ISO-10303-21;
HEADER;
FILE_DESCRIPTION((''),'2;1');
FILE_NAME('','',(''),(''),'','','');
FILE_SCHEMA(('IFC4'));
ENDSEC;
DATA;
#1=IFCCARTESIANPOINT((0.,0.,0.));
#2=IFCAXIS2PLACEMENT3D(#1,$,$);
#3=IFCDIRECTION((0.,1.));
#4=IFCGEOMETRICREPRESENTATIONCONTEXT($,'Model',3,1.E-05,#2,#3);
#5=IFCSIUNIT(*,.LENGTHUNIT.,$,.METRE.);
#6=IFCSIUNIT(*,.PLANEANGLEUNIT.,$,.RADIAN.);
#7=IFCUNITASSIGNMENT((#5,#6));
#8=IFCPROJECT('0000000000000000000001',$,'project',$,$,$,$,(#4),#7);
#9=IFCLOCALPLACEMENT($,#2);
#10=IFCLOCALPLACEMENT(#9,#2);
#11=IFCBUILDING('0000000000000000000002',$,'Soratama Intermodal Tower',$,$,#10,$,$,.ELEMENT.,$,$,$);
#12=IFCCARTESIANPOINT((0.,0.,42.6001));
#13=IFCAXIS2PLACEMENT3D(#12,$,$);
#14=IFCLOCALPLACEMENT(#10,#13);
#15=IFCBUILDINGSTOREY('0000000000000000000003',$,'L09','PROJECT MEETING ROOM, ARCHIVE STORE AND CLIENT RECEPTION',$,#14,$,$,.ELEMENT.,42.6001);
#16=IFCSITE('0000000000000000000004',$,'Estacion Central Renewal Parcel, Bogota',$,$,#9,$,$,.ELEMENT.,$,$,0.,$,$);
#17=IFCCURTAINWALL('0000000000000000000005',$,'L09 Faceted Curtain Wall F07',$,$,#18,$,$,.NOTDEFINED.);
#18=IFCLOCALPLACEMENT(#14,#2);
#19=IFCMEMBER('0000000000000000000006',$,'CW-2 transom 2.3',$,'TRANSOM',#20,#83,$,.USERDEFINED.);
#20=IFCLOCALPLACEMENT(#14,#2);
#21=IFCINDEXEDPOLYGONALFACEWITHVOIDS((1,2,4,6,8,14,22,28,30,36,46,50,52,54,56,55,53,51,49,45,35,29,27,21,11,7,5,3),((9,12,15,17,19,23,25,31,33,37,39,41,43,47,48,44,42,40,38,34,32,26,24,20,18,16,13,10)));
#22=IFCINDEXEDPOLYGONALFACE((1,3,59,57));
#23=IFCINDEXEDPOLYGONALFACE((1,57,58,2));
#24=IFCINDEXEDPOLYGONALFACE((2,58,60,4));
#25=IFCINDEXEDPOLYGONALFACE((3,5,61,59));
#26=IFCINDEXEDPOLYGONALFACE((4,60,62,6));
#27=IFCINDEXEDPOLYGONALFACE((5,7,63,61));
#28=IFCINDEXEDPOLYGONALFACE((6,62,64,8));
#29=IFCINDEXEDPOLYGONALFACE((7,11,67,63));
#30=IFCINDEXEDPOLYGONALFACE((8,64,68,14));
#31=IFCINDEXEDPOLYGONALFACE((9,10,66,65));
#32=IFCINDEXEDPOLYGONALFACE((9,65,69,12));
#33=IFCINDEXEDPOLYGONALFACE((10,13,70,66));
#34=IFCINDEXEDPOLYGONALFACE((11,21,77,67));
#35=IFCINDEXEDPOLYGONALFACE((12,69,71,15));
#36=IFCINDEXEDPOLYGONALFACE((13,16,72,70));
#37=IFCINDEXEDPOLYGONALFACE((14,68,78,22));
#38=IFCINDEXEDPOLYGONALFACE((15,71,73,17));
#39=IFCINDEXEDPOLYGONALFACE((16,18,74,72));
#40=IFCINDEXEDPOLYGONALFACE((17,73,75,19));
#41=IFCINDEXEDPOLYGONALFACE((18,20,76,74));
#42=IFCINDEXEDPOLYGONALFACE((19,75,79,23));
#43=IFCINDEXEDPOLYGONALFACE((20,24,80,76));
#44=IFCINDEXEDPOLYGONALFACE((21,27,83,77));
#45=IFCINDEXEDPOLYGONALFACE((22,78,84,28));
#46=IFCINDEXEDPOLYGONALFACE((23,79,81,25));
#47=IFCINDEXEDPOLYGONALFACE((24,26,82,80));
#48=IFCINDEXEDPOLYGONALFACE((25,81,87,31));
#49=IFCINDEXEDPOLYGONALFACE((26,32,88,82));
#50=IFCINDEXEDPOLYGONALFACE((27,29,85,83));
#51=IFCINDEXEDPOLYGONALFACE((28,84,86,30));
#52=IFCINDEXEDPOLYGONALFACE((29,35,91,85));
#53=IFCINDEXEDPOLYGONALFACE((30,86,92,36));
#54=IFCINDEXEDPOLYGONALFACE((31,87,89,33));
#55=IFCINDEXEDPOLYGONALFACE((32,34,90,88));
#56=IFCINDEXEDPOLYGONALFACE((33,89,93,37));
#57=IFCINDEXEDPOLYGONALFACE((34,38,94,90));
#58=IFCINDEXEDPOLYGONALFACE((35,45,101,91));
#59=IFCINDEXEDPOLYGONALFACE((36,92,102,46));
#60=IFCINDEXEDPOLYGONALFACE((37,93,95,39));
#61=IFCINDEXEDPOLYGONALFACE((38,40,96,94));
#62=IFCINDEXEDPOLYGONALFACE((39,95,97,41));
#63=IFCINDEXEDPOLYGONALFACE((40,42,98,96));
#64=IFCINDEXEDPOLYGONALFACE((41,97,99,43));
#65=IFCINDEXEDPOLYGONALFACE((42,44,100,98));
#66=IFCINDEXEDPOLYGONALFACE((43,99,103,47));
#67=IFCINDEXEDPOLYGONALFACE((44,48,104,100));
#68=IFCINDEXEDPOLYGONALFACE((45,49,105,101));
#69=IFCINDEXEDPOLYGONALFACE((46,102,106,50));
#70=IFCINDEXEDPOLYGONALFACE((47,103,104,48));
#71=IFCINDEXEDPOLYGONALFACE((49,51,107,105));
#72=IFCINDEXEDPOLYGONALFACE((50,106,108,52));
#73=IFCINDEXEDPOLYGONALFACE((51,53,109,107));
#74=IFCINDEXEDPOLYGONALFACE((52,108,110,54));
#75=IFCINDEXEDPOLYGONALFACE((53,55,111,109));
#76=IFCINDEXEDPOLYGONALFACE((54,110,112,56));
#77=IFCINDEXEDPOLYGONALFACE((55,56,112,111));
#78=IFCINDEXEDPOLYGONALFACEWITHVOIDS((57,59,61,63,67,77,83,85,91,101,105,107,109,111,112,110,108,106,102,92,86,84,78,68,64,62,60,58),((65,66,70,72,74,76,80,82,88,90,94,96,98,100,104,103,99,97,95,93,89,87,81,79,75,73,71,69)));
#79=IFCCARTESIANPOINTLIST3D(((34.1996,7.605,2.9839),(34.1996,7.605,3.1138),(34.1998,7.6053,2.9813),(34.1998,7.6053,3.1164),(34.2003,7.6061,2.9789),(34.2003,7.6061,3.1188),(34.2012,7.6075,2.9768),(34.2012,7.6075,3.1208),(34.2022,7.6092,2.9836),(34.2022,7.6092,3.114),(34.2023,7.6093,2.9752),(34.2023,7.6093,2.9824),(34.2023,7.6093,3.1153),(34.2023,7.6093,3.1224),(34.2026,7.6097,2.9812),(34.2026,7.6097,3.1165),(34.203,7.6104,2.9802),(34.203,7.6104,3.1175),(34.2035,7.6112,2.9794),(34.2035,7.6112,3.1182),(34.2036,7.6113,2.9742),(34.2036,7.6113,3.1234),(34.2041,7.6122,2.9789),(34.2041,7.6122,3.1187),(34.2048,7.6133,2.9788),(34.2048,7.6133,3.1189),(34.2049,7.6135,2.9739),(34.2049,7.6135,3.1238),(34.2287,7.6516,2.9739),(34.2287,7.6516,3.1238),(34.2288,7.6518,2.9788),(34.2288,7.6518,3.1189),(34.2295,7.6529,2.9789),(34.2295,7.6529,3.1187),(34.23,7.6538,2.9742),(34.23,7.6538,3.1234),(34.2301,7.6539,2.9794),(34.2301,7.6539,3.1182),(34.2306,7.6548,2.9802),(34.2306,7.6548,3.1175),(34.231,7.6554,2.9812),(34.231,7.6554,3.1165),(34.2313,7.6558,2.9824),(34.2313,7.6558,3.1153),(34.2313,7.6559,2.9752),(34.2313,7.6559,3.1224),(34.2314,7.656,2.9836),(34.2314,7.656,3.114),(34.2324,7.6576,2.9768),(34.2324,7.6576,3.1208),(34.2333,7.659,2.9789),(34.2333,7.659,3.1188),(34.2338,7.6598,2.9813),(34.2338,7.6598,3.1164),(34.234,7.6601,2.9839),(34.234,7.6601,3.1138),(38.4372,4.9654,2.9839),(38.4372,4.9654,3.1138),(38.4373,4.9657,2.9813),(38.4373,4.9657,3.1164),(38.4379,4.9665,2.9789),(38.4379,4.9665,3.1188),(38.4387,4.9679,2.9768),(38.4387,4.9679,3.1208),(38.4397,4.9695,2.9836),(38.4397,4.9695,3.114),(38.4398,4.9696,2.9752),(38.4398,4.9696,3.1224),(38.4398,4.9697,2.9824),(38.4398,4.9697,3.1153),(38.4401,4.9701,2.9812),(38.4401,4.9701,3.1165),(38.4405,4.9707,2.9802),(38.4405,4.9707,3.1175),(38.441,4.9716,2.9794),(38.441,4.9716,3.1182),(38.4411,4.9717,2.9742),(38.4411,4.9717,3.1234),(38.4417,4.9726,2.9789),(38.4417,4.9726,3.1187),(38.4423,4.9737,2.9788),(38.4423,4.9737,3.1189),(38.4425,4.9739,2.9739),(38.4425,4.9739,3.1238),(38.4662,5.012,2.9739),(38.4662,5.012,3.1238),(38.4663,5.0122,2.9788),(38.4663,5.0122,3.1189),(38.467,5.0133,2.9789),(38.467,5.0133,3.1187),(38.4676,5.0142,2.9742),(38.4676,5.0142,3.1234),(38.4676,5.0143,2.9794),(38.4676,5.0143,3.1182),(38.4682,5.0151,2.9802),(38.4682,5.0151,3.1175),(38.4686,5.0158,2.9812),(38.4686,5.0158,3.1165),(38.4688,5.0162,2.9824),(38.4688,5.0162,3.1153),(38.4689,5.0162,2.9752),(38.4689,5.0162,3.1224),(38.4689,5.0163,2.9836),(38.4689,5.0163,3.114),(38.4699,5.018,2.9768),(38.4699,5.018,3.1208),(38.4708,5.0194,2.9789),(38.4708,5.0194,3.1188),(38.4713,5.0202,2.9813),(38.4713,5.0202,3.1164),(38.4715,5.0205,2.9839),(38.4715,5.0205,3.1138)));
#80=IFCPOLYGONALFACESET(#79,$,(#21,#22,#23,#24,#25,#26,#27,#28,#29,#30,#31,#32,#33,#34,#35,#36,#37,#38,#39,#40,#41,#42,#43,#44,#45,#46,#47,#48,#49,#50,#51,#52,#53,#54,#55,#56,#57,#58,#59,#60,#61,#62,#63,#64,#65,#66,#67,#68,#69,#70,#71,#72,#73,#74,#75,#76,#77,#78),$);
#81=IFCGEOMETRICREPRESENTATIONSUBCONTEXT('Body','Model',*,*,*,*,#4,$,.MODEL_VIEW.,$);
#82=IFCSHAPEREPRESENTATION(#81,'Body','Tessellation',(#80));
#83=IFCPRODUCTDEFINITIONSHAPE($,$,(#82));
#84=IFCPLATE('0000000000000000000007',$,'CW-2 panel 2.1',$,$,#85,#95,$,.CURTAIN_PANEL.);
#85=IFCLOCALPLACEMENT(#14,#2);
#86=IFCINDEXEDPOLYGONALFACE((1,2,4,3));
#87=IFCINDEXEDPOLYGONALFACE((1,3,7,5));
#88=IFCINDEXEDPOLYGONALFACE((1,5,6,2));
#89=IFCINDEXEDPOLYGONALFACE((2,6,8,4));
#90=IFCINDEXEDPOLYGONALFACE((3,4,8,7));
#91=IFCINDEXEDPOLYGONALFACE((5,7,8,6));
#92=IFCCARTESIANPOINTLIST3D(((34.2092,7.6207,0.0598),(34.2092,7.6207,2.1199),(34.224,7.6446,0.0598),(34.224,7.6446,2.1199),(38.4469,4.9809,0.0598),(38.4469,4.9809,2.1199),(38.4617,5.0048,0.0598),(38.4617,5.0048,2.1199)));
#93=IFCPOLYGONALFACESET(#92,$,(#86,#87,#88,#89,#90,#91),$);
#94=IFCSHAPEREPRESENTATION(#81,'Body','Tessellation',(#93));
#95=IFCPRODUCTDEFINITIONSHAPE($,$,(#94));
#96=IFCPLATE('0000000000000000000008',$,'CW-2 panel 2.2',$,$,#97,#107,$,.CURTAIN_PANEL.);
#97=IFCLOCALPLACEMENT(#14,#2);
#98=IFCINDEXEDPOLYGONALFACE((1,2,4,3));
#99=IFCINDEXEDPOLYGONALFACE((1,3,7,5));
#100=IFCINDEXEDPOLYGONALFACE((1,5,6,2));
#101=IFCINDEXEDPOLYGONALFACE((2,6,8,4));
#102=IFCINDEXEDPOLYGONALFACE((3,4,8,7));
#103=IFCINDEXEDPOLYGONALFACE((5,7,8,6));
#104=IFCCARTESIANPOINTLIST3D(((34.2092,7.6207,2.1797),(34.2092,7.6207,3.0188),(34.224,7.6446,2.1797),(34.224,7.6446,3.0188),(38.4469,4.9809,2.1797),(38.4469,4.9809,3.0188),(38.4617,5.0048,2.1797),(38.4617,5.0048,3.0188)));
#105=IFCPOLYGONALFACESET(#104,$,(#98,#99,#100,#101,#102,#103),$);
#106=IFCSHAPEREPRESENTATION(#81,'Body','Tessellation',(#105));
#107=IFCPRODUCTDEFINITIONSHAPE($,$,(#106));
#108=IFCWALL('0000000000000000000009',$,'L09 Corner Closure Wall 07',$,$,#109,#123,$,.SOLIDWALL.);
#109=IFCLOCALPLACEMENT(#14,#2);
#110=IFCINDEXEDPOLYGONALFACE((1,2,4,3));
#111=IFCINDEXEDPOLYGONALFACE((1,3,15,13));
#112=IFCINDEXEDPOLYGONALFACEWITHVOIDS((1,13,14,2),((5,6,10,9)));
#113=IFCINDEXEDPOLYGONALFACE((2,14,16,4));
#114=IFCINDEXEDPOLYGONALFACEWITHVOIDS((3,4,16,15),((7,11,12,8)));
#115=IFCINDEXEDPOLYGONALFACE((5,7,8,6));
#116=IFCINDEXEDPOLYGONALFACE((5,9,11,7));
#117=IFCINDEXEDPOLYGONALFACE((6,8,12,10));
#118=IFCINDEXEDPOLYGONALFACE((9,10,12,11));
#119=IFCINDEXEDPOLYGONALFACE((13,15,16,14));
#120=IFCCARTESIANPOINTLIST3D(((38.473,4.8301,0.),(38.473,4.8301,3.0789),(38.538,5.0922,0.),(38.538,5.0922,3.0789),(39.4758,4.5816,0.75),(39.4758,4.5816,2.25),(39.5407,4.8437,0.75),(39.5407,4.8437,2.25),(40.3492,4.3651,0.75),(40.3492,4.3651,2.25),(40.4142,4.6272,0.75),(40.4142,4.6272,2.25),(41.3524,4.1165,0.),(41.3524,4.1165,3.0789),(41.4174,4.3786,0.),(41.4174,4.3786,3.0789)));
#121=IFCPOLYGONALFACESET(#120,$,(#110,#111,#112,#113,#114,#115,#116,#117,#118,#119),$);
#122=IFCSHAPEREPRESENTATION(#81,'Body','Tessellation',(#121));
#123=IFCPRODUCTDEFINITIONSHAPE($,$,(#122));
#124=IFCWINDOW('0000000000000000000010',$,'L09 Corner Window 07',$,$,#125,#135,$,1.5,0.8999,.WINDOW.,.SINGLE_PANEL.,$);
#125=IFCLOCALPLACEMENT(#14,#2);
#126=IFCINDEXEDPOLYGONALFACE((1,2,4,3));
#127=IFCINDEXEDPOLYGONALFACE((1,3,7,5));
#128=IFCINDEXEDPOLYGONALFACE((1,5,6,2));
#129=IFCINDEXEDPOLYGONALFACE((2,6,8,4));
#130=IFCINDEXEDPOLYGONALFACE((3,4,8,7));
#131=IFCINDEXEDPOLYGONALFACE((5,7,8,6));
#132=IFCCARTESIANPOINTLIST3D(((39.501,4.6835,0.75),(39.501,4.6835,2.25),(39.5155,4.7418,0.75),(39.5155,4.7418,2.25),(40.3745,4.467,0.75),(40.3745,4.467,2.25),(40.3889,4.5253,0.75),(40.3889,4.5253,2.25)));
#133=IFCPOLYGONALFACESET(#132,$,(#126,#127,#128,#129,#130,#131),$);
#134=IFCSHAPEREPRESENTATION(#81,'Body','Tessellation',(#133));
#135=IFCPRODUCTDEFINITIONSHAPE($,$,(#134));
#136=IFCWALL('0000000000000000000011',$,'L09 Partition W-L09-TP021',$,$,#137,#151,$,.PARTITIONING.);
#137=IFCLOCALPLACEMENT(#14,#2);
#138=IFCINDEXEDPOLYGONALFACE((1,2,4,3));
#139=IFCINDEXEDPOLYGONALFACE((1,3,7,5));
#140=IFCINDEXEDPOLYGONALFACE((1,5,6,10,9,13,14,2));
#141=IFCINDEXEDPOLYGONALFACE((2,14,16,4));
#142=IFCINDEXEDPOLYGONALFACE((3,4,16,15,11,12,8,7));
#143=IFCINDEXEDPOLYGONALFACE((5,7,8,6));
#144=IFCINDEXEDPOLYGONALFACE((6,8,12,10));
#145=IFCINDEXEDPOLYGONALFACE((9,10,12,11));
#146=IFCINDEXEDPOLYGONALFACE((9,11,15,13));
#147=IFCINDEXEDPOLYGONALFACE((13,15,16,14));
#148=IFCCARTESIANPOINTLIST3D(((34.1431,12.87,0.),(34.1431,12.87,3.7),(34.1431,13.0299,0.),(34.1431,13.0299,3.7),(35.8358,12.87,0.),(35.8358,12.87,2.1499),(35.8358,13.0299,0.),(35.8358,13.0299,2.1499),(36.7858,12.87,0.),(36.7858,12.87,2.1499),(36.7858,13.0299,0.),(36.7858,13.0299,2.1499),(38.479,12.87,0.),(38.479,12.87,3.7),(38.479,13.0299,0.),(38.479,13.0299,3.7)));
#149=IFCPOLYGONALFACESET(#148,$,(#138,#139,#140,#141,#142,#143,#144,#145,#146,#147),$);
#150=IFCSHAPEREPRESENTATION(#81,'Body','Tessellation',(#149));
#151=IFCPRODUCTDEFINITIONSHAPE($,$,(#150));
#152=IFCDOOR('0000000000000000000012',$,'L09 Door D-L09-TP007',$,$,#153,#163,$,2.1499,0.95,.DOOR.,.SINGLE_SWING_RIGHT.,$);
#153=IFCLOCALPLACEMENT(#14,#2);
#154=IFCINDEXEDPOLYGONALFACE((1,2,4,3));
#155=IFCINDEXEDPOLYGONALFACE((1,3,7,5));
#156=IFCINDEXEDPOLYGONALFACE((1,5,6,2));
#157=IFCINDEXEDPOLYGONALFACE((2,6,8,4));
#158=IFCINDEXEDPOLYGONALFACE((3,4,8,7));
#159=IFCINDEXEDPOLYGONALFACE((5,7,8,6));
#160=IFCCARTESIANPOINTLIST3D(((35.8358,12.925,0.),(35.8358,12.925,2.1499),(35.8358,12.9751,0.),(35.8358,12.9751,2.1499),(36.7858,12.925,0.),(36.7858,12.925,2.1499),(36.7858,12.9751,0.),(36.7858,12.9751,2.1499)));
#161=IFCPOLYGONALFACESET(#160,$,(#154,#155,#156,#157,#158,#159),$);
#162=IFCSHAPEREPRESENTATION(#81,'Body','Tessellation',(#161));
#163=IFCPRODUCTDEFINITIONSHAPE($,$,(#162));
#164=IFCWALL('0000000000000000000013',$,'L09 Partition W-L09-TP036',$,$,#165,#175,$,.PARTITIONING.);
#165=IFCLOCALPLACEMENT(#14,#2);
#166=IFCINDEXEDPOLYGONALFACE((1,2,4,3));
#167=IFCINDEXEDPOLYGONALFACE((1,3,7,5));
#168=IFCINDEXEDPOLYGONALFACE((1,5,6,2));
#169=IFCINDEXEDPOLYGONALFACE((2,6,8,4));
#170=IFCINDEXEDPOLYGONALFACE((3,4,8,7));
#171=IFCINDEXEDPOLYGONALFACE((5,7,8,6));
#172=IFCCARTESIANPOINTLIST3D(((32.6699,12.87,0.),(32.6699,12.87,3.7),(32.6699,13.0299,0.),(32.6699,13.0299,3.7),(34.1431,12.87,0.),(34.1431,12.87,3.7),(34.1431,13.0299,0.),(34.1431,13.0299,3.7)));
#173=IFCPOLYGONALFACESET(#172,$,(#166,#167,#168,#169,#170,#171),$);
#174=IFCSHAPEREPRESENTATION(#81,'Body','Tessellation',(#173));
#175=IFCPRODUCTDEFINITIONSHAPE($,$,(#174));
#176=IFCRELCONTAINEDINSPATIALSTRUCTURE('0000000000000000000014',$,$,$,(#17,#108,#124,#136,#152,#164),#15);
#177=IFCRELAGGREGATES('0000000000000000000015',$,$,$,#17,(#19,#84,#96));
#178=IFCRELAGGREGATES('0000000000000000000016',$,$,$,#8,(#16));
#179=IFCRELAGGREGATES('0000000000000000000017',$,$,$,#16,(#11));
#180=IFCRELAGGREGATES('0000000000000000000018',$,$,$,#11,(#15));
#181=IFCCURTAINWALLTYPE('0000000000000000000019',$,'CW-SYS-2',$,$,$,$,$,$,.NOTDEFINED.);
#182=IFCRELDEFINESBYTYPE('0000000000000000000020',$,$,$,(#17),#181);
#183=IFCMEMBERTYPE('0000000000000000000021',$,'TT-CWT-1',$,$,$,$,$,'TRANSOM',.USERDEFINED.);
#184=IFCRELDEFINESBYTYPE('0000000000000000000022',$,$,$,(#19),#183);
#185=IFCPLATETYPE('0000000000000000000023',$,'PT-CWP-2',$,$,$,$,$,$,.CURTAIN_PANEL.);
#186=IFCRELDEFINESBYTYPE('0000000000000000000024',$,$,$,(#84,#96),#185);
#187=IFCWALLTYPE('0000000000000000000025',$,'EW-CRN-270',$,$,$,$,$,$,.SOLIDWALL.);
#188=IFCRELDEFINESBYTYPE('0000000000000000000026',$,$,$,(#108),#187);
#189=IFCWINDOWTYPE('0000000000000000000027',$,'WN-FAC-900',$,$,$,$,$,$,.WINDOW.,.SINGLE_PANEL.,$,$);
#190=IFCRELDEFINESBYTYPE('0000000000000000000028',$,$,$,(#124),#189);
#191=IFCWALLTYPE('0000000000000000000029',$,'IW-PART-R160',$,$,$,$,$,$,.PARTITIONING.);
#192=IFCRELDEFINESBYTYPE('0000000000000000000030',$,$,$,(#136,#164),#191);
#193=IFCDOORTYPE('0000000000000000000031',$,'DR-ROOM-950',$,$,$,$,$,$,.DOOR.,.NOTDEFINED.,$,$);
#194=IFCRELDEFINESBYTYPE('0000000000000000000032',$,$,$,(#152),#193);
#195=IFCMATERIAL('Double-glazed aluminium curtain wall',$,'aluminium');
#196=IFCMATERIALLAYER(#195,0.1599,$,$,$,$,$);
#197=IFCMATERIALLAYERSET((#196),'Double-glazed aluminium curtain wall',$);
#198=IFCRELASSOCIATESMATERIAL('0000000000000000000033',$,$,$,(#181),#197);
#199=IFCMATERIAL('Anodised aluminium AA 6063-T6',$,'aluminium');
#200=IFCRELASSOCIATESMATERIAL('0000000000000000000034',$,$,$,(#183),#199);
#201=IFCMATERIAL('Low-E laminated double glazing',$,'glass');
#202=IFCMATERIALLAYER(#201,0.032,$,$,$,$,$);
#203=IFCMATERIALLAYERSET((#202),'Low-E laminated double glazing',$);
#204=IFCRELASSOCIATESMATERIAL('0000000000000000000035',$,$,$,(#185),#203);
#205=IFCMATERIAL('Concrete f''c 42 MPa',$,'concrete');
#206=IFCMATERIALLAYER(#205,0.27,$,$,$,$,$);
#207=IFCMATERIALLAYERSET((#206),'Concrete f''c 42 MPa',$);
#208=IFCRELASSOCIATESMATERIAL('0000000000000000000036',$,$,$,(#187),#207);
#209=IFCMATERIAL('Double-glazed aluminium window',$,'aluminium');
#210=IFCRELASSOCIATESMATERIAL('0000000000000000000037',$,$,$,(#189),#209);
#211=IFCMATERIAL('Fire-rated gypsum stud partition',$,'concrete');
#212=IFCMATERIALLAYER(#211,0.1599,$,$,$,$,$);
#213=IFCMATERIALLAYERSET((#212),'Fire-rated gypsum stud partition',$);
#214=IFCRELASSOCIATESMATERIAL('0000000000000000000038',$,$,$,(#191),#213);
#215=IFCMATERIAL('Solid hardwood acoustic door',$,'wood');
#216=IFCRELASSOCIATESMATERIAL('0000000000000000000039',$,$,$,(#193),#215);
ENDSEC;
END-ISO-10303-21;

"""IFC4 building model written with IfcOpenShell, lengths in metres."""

from ifc_helpers import new_model, si_unit, direction, frame, frame_2d, origin, origin_2d, place, context, subcontext, project, spatial, rectangle, hollow_rectangle, extrude, material, layer, layer_set, material_profile, profile_set, type_object, element, fill, aggregate, save


model = new_model("IFC4")

# Units and contexts
model_context = context("Model", 3, precision=1e-05, world=origin(), true_north=direction((0.0, 1.0)))
body_context = subcontext(model_context, "Body", "Model", "MODEL_VIEW")
ifc_project = project(units=[si_unit("LENGTHUNIT", "METRE"), si_unit("PLANEANGLEUNIT", "RADIAN")], contexts=[model_context])

# Site, building, storey
site_placement = place(None, origin())
site = spatial("IfcSite", under=ifc_project, at=site_placement, Name="Estacion Central Renewal Parcel, Bogota", CompositionType="ELEMENT", RefElevation=0.0)
building_placement = place(site_placement, origin())
building = spatial("IfcBuilding", under=site, at=building_placement, Name="Soratama Intermodal Tower", CompositionType="ELEMENT")
storey_placement = place(building_placement, frame((0.0, 0.0, 42.6001)))
storey = spatial("IfcBuildingStorey", under=building, at=storey_placement, Name="L09", Description="PROJECT MEETING ROOM, ARCHIVE STORE AND CLIENT RECEPTION", CompositionType="ELEMENT", Elevation=42.6001)

# Curtain wall, member, plates
ifc_material_1 = material(Name="Double-glazed aluminium curtain wall", Category="aluminium")
ifc_layer_1 = layer(ifc_material_1, 0.1599)
ifc_layer_set_1 = layer_set([ifc_layer_1], Name="Double-glazed aluminium curtain wall")
curtain_wall_type = type_object("IfcCurtainWallType", Name="CW-SYS-2", PredefinedType="NOTDEFINED", material=ifc_layer_set_1)
curtain_wall_placement = place(storey_placement, origin())
curtain_wall = element("IfcCurtainWall", 1, at=curtain_wall_placement, inside=storey, type_object=curtain_wall_type, Name="L09 Faceted Curtain Wall F07", PredefinedType="NOTDEFINED")
ifc_material_2 = material(Name="Anodised aluminium AA 6063-T6", Category="aluminium")
ifc_material_profile_1 = material_profile(ifc_material_2, hollow_rectangle(XDim=0.0649, YDim=0.1499, WallThickness=0.0049, InnerFilletRadius=0.0049, OuterFilletRadius=0.01, at=origin_2d()), Name="CWT150X65X5")
ifc_profile_set_1 = profile_set([ifc_material_profile_1], Name="Anodised aluminium AA 6063-T6")
member_type_1 = type_object("IfcMemberType", Name="TT-CWT-1", ElementType="TRANSOM", PredefinedType="USERDEFINED", material=ifc_profile_set_1)
member_1_placement = place(storey_placement, frame((34.2168, 7.6326, 3.0488), z_axis=(0.848791, -0.528728, 0.0), x_axis=(0.528728, 0.848791, 0.0)))
member_1 = element("IfcMember", 2, at=member_1_placement, type_object=member_type_1, Name="CW-2 transom 2.3", ObjectType="TRANSOM", PredefinedType="USERDEFINED", context=body_context, shape_type="SweptSolid", body=[
    extrude(hollow_rectangle(XDim=0.0649, YDim=0.1499, WallThickness=0.0049, InnerFilletRadius=0.0049, OuterFilletRadius=0.01, at=origin_2d()), origin(), (0.0, 0.0, 1.0), 4.9924),
])
ifc_material_3 = material(Name="Low-E laminated double glazing", Category="glass")
ifc_layer_2 = layer(ifc_material_3, 0.032)
ifc_layer_set_2 = layer_set([ifc_layer_2], Name="Low-E laminated double glazing")
plate_type = type_object("IfcPlateType", Name="PT-CWP-2", PredefinedType="CURTAIN_PANEL", material=ifc_layer_set_2)
plate_1_placement = place(storey_placement, frame((36.3354, 6.3127, 0.0598), z_axis=(0.0, 0.0, 1.0), x_axis=(0.848787, -0.528735, 0.0)))
plate_1 = element("IfcPlate", 3, at=plate_1_placement, type_object=plate_type, Name="CW-2 panel 2.1", PredefinedType="CURTAIN_PANEL", context=body_context, shape_type="SweptSolid", body=[
    extrude(rectangle(XDim=4.9927, YDim=0.0281, at=origin_2d()), origin(), (0.0, 0.0, 1.0), 2.0601),
])
plate_2_placement = place(storey_placement, frame((36.3354, 6.3127, 2.1797), z_axis=(0.0, 0.0, 1.0), x_axis=(0.848787, -0.528735, 0.0)))
plate_2 = element("IfcPlate", 4, at=plate_2_placement, type_object=plate_type, Name="CW-2 panel 2.2", PredefinedType="CURTAIN_PANEL", context=body_context, shape_type="SweptSolid", body=[
    extrude(rectangle(XDim=4.9927, YDim=0.0281, at=origin_2d()), origin(), (0.0, 0.0, 1.0), 0.8391),
])
aggregate(curtain_wall, [member_1, plate_1, plate_2])

# Wall, opening, window
ifc_material_4 = material(Name="Concrete f'c 42 MPa", Category="concrete")
ifc_layer_3 = layer(ifc_material_4, 0.27)
ifc_layer_set_3 = layer_set([ifc_layer_3], Name="Concrete f'c 42 MPa")
wall_type_1 = type_object("IfcWallType", Name="EW-CRN-270", PredefinedType="SOLIDWALL", material=ifc_layer_set_3)
wall_1_placement = place(storey_placement, frame((38.5054, 4.9612, 0.0), z_axis=(0.0, 0.0, 1.0), x_axis=(0.970634, -0.24056, 0.0)))
wall_1 = element("IfcWall", 5, at=wall_1_placement, inside=storey, type_object=wall_type_1, Name="L09 Corner Closure Wall 07", PredefinedType="SOLIDWALL", context=body_context, shape_type="SweptSolid", body=[
    extrude(rectangle(XDim=2.9666, YDim=0.27, at=frame_2d((1.4834, 0.0))), origin(), (0.0, 0.0, 1.0), 3.0789),
])
opening_1_placement = place(wall_1_placement, frame((1.0332, 0.0, 0.75)))
opening_1 = element("IfcOpeningElement", 6, at=opening_1_placement, cuts=wall_1, PredefinedType="OPENING", context=body_context, shape_type="SweptSolid", body=[
    extrude(rectangle(XDim=0.8999, YDim=1.5, at=frame_2d((0.45, 0.75))), frame((0.0, 0.145, 0.0), z_axis=(0.0, -1.0, 0.0), x_axis=(1.0, 0.0, 0.0)), (0.0, 0.0, 1.0), 0.29),
])
ifc_material_5 = material(Name="Double-glazed aluminium window", Category="aluminium")
window_type = type_object("IfcWindowType", Name="WN-FAC-900", PartitioningType="SINGLE_PANEL", PredefinedType="WINDOW", material=ifc_material_5)
window_placement = place(opening_1_placement, origin())
window = element("IfcWindow", 7, at=window_placement, inside=storey, type_object=window_type, Name="L09 Corner Window 07", OverallHeight=1.5, OverallWidth=0.8999, PartitioningType="SINGLE_PANEL", PredefinedType="WINDOW", context=body_context, shape_type="SweptSolid", body=[
    extrude(rectangle(XDim=0.8999, YDim=1.5, at=frame_2d((0.45, 0.75))), frame((0.0, 0.03, 0.0), z_axis=(0.0, -1.0, 0.0), x_axis=(1.0, 0.0, 0.0)), (0.0, 0.0, 1.0), 0.0601),
])
fill(opening_1, window)

# Wall, opening, door
ifc_material_6 = material(Name="Fire-rated gypsum stud partition", Category="concrete")
ifc_layer_4 = layer(ifc_material_6, 0.1599)
ifc_layer_set_4 = layer_set([ifc_layer_4], Name="Fire-rated gypsum stud partition")
wall_type_2 = type_object("IfcWallType", Name="IW-PART-R160", PredefinedType="PARTITIONING", material=ifc_layer_set_4)
wall_2_placement = place(storey_placement, frame((38.479, 12.95, 0.0), z_axis=(0.0, 0.0, 1.0), x_axis=(-1.0, 0.0, 0.0)))
wall_2 = element("IfcWall", 8, at=wall_2_placement, inside=storey, type_object=wall_type_2, Name="L09 Partition W-L09-TP021", PredefinedType="PARTITIONING", context=body_context, shape_type="SweptSolid", body=[
    extrude(rectangle(XDim=4.3359, YDim=0.1599, at=frame_2d((2.168, 0.0))), origin(), (0.0, 0.0, 1.0), 3.7),
])
opening_2_placement = place(wall_2_placement, frame((1.6931, 0.0, 0.0)))
opening_2 = element("IfcOpeningElement", 9, at=opening_2_placement, cuts=wall_2, PredefinedType="OPENING", context=body_context, shape_type="SweptSolid", body=[
    extrude(rectangle(XDim=0.95, YDim=2.1499, at=frame_2d((0.4751, 1.075))), frame((0.0, 0.0898, 0.0), z_axis=(0.0, -1.0, 0.0), x_axis=(1.0, 0.0, 0.0)), (0.0, 0.0, 1.0), 0.1799),
])
ifc_material_7 = material(Name="Solid hardwood acoustic door", Category="wood")
door_type = type_object("IfcDoorType", Name="DR-ROOM-950", OperationType="NOTDEFINED", PredefinedType="DOOR", material=ifc_material_7)
door_placement = place(opening_2_placement, origin())
door = element("IfcDoor", 10, at=door_placement, inside=storey, type_object=door_type, Name="L09 Door D-L09-TP007", OperationType="SINGLE_SWING_RIGHT", OverallHeight=2.1499, OverallWidth=0.95, PredefinedType="DOOR", context=body_context, shape_type="SweptSolid", body=[
    extrude(rectangle(XDim=0.95, YDim=2.1499, at=frame_2d((0.4751, 1.075))), frame((0.0, 0.0249, 0.0), z_axis=(0.0, -1.0, 0.0), x_axis=(1.0, 0.0, 0.0)), (0.0, 0.0, 1.0), 0.05),
])
fill(opening_2, door)

# Wall
wall_3_placement = place(storey_placement, frame((34.1431, 12.95, 0.0), z_axis=(0.0, 0.0, 1.0), x_axis=(-1.0, 0.0, 0.0)))
element("IfcWall", 11, at=wall_3_placement, inside=storey, type_object=wall_type_2, Name="L09 Partition W-L09-TP036", PredefinedType="PARTITIONING", context=body_context, shape_type="SweptSolid", body=[
    extrude(rectangle(XDim=1.4731, YDim=0.1599, at=frame_2d((0.7366, 0.0))), origin(), (0.0, 0.0, 1.0), 3.7),
])

save(model, "model.ifc")
